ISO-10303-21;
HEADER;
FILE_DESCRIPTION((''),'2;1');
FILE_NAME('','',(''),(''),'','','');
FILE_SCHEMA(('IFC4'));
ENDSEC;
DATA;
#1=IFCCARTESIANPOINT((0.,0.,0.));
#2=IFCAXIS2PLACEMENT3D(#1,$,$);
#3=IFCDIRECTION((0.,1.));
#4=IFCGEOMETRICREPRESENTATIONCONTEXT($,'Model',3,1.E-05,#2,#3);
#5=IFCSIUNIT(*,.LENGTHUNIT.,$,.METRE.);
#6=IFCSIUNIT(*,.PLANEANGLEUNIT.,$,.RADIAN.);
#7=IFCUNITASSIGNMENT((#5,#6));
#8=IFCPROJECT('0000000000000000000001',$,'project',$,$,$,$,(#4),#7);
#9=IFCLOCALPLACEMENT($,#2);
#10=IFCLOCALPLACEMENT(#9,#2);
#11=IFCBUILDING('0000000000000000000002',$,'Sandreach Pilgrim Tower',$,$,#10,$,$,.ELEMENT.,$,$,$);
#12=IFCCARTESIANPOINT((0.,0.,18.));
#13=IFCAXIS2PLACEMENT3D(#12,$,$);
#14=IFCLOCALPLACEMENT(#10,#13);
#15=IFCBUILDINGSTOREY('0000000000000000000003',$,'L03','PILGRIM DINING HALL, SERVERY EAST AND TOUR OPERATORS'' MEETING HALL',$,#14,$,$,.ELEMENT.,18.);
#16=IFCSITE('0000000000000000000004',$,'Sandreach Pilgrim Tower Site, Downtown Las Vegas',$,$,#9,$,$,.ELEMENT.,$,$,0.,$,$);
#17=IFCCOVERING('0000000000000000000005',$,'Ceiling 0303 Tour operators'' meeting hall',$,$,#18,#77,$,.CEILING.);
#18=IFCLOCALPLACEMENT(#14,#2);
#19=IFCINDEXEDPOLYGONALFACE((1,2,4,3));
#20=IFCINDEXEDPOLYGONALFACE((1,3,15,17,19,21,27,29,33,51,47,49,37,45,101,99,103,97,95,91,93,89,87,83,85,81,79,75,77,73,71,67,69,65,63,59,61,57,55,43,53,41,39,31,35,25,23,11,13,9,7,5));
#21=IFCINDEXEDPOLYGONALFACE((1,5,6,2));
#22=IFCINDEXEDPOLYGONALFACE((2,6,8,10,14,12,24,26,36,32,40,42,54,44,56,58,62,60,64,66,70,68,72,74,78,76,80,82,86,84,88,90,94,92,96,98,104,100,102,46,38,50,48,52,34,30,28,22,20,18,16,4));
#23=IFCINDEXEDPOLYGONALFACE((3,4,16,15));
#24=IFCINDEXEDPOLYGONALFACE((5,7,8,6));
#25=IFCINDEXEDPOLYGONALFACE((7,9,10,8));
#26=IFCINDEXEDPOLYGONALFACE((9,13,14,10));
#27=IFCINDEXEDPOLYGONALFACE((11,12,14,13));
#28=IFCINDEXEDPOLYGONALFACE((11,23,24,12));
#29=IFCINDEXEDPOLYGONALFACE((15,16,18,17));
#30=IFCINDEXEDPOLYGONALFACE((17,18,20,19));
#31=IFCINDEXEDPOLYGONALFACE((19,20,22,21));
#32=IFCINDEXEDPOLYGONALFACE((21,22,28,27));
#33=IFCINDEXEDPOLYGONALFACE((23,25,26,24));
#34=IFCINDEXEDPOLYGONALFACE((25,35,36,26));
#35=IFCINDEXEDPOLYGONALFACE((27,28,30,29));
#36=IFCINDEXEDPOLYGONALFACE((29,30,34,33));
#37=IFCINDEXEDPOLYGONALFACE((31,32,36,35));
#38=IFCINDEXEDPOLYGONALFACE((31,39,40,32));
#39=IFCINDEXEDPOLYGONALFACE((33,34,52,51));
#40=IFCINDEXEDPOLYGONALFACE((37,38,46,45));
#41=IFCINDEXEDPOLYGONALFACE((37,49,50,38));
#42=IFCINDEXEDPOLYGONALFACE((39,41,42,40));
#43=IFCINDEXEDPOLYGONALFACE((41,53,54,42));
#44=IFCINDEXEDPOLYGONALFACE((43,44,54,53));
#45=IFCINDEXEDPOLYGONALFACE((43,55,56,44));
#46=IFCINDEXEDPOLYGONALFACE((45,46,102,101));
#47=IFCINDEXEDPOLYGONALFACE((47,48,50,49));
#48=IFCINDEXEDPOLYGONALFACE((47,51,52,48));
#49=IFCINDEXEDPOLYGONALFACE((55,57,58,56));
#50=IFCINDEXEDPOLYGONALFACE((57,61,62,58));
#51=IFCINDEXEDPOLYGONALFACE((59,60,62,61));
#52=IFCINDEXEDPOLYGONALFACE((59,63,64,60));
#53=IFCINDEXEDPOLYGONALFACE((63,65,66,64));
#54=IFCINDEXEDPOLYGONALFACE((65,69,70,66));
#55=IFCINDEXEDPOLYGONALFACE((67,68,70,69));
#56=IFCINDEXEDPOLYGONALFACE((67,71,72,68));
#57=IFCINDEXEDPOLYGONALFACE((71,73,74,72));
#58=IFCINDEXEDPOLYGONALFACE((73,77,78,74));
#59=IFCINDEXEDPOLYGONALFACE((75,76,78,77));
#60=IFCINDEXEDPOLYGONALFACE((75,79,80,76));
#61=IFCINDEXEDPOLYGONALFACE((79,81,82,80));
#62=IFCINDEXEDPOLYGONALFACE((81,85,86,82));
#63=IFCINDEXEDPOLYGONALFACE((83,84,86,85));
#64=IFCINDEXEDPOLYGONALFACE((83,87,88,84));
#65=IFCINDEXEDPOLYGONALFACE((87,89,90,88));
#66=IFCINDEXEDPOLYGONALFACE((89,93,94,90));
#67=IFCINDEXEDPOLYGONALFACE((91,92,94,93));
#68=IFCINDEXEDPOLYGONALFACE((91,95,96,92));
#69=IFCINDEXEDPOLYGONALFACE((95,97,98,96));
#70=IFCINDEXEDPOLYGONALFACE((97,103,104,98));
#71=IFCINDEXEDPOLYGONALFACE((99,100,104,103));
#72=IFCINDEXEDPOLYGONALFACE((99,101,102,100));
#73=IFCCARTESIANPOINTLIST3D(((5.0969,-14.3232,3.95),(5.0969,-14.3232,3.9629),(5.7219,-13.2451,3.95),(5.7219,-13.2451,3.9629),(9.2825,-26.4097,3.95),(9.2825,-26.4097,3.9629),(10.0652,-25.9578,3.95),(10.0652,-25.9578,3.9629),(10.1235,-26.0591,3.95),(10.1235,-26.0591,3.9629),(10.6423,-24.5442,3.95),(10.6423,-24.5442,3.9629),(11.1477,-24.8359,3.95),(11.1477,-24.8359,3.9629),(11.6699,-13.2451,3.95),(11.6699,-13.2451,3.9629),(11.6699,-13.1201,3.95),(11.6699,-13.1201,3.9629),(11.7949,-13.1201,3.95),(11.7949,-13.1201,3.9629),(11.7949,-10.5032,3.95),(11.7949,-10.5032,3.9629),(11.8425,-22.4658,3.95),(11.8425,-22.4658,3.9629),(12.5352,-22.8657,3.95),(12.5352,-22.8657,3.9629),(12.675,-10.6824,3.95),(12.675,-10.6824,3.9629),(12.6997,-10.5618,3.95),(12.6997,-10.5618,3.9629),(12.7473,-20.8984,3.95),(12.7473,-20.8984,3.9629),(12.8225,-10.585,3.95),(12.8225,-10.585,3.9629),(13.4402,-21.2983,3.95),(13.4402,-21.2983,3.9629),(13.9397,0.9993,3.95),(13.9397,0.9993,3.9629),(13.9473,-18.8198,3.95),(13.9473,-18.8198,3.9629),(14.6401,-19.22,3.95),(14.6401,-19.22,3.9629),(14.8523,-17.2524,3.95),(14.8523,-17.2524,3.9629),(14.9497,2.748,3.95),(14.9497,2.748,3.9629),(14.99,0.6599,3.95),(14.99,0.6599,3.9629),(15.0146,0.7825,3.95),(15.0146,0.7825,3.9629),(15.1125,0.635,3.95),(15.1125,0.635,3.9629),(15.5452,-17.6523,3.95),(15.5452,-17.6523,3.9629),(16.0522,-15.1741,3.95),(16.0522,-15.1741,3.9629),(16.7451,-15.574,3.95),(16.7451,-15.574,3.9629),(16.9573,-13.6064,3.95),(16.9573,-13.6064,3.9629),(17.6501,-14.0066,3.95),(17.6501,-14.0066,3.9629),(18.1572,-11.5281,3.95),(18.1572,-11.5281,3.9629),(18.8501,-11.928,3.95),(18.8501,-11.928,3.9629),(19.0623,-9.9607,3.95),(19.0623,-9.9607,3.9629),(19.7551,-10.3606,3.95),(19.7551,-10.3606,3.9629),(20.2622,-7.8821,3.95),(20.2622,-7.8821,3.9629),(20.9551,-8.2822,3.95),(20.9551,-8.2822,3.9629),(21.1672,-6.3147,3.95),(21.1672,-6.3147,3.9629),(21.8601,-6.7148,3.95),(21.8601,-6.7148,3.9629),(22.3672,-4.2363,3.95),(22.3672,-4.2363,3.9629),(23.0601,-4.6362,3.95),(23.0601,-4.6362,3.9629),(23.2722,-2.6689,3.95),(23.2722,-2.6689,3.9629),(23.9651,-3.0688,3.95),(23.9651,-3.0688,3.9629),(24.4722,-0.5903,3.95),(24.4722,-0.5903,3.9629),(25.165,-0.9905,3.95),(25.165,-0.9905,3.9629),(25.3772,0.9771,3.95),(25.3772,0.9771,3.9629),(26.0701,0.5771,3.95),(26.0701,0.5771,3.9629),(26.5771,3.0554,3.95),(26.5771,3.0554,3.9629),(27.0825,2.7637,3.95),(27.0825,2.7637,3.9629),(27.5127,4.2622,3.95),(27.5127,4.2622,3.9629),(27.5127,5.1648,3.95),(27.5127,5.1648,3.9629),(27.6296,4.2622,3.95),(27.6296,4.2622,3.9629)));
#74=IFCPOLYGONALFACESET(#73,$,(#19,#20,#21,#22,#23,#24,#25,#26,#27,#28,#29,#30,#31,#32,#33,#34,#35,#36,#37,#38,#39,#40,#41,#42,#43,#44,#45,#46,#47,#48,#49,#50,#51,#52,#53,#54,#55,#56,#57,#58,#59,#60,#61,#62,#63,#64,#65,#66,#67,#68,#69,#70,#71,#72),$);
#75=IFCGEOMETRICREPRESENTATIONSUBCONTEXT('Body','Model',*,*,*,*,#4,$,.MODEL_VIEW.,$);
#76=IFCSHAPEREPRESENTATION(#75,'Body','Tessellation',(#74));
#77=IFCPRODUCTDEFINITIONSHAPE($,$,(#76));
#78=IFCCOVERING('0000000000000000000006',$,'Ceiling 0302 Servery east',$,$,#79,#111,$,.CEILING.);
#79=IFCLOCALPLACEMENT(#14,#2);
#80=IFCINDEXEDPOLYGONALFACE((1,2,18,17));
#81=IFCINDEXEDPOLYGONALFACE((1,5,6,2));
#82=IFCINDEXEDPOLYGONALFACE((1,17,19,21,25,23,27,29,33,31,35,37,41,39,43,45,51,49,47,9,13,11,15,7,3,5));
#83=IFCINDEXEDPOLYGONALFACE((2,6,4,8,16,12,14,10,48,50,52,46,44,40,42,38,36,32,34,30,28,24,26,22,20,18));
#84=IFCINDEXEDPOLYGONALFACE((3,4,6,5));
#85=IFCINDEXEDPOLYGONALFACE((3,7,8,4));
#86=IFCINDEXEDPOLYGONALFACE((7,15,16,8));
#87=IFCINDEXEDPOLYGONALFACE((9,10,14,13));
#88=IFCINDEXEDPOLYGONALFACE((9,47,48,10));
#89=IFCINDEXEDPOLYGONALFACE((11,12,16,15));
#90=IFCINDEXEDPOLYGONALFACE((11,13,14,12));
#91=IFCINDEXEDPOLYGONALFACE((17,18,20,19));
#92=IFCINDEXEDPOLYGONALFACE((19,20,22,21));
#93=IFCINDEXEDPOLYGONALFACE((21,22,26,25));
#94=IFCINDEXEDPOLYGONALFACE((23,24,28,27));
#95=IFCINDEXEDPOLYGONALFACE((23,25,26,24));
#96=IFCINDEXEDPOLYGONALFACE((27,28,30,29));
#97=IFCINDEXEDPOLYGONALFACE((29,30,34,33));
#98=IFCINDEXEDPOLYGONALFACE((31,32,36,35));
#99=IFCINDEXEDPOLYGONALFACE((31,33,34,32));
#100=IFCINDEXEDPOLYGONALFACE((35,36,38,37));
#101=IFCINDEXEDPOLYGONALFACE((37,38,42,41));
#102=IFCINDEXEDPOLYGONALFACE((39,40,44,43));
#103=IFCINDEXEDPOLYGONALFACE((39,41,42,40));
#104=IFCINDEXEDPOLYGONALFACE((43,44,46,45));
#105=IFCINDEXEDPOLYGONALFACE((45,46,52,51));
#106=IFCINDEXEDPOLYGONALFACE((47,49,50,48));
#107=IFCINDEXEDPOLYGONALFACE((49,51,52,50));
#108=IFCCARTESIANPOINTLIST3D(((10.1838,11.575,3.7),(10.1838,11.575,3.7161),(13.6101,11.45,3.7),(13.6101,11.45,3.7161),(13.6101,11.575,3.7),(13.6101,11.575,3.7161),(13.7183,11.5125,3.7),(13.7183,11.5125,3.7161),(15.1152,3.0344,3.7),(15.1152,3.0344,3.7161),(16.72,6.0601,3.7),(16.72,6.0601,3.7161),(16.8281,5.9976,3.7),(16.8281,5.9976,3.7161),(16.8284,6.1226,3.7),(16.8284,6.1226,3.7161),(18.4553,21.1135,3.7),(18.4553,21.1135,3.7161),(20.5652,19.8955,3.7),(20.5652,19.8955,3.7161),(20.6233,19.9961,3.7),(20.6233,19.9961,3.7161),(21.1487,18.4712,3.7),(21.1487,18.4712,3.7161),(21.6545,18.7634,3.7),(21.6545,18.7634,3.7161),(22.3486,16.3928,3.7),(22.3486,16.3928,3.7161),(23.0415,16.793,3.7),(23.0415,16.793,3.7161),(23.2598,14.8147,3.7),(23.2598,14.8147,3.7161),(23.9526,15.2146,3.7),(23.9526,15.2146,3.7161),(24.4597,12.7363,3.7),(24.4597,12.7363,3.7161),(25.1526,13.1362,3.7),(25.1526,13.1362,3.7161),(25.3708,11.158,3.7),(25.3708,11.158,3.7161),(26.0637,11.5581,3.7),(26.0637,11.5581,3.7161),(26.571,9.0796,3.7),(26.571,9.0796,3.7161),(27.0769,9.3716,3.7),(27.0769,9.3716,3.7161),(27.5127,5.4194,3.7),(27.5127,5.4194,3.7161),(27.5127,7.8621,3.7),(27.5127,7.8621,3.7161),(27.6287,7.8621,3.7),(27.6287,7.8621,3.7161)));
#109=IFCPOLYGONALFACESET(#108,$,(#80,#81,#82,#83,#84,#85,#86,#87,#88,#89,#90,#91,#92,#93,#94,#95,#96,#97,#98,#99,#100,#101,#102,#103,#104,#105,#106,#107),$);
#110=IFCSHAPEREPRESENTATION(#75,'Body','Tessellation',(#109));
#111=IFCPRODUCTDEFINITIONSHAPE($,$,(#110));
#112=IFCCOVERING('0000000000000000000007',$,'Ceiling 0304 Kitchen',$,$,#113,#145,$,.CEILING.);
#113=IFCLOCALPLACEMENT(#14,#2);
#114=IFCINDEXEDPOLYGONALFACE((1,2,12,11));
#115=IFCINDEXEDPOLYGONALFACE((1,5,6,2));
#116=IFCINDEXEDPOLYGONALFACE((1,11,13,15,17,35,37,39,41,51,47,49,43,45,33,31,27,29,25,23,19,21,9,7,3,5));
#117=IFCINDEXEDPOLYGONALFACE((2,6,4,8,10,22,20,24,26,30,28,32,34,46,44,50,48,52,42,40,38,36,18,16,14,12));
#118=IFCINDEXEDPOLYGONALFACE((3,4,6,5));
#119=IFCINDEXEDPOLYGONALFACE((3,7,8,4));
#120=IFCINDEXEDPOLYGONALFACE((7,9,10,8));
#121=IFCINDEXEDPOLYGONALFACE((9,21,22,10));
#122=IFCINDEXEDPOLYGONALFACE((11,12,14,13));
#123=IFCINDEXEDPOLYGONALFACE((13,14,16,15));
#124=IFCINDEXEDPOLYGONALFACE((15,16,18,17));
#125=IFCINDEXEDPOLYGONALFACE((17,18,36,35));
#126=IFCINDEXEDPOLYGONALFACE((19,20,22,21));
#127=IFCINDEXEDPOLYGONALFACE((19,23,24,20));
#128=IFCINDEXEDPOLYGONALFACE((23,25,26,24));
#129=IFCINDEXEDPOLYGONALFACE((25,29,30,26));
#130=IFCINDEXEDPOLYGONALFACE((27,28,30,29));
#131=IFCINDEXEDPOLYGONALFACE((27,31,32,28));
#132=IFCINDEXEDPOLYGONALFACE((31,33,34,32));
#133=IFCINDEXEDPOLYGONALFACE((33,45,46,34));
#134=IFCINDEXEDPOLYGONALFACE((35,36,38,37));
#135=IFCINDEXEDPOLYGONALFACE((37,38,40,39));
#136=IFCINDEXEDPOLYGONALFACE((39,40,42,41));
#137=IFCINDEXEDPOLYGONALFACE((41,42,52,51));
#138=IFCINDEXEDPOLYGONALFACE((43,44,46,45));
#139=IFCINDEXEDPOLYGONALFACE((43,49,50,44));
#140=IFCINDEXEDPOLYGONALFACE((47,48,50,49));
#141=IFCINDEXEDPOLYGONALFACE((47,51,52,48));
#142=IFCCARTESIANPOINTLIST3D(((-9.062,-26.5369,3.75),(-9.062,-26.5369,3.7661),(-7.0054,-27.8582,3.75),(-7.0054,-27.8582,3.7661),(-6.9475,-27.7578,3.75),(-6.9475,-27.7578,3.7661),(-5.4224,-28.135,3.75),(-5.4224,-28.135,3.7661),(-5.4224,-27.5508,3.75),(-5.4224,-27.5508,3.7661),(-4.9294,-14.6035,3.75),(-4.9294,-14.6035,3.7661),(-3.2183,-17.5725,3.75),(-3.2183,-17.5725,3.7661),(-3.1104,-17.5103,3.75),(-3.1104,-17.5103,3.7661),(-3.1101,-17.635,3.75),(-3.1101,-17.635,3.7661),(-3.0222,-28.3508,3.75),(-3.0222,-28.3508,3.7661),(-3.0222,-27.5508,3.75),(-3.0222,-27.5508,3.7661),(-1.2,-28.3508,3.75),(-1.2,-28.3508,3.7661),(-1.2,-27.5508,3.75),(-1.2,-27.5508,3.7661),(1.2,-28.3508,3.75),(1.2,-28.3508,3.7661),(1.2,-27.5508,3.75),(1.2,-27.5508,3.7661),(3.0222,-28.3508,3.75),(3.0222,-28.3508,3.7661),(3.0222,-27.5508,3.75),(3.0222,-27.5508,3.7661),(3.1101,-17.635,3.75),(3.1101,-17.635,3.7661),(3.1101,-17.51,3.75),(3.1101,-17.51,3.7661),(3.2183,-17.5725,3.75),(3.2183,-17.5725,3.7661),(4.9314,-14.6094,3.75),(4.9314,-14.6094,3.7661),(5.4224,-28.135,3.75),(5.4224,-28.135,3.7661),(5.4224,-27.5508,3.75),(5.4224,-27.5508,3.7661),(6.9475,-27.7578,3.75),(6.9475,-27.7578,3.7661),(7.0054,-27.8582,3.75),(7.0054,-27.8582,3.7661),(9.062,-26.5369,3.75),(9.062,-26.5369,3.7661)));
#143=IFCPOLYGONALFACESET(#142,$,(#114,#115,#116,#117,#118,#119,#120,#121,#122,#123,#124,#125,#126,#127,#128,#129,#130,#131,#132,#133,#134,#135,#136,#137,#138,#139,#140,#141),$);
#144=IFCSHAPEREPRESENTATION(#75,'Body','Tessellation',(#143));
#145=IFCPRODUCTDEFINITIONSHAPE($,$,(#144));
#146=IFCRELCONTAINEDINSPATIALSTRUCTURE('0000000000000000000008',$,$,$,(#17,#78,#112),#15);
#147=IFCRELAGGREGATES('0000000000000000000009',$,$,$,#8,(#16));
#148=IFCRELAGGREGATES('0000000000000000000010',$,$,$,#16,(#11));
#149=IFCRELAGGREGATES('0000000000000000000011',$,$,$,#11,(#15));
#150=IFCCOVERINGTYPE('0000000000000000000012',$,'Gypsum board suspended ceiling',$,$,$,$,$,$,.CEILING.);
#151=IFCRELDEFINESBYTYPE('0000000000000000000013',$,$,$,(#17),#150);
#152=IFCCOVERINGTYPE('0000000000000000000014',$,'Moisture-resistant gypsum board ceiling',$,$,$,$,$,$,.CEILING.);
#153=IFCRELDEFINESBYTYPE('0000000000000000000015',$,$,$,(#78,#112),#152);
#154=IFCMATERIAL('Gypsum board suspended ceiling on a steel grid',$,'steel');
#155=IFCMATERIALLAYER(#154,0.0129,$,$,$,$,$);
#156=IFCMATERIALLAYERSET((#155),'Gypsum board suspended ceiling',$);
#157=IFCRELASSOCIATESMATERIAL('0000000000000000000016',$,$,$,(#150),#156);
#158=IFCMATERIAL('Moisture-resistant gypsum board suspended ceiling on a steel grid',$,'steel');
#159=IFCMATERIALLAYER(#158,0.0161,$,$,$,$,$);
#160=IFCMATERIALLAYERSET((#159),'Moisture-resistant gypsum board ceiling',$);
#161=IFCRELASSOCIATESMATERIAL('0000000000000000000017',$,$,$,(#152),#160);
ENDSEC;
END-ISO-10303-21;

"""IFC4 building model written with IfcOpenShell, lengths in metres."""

from ifc_helpers import new_model, si_unit, direction, frame, origin, place, context, subcontext, project, spatial, polyline, outline, extrude, material, layer, layer_set, type_object, element, save


model = new_model("IFC4")

# Units and contexts
model_context = context("Model", 3, precision=1e-05, world=origin(), true_north=direction((0.0, 1.0)))
body_context = subcontext(model_context, "Body", "Model", "MODEL_VIEW")
ifc_project = project(units=[si_unit("LENGTHUNIT", "METRE"), si_unit("PLANEANGLEUNIT", "RADIAN")], contexts=[model_context])

# Site, building, storey
site_placement = place(None, origin())
site = spatial("IfcSite", under=ifc_project, at=site_placement, Name="Sandreach Pilgrim Tower Site, Downtown Las Vegas", CompositionType="ELEMENT", RefElevation=0.0)
building_placement = place(site_placement, origin())
building = spatial("IfcBuilding", under=site, at=building_placement, Name="Sandreach Pilgrim Tower", CompositionType="ELEMENT")
storey_placement = place(building_placement, frame((0.0, 0.0, 18.0)))
storey = spatial("IfcBuildingStorey", under=building, at=storey_placement, Name="L03", Description="PILGRIM DINING HALL, SERVERY EAST AND TOUR OPERATORS' MEETING HALL", CompositionType="ELEMENT", Elevation=18.0)

# Coverings
ifc_material_1 = material(Name="Gypsum board suspended ceiling on a steel grid", Category="steel")
ifc_layer_1 = layer(ifc_material_1, 0.0129)
ifc_layer_set_1 = layer_set([ifc_layer_1], Name="Gypsum board suspended ceiling")
covering_type_1 = type_object("IfcCoveringType", Name="Gypsum board suspended ceiling", PredefinedType="CEILING", material=ifc_layer_set_1)
covering_1_placement = place(storey_placement, frame((0.0, 0.0, 3.95)))
element("IfcCovering", 1, at=covering_1_placement, inside=storey, type_object=covering_type_1, Name="Ceiling 0303 Tour operators' meeting hall", PredefinedType="CEILING", context=body_context, shape_type="SweptSolid", body=[
    extrude(outline(polyline([(9.2825, -26.4097), (5.0969, -14.3232), (5.7219, -13.2451), (11.6699, -13.2451), (11.6699, -13.1201), (11.7949, -13.1201), (11.7949, -10.5032), (12.675, -10.6824), (12.6997, -10.5618), (12.8225, -10.585), (15.1125, 0.635), (14.99, 0.6599), (15.0146, 0.7825), (13.9397, 0.9993), (14.9497, 2.748), (27.5127, 5.1648), (27.5127, 4.2622), (27.6296, 4.2622), (27.0825, 2.7637), (26.5771, 3.0554), (25.3772, 0.9771), (26.0701, 0.5771), (25.165, -0.9905), (24.4722, -0.5903), (23.2722, -2.6689), (23.9651, -3.0688), (23.0601, -4.6362), (22.3672, -4.2363), (21.1672, -6.3147), (21.8601, -6.7148), (20.9551, -8.2822), (20.2622, -7.8821), (19.0623, -9.9607), (19.7551, -10.3606), (18.8501, -11.928), (18.1572, -11.5281), (16.9573, -13.6064), (17.6501, -14.0066), (16.7451, -15.574), (16.0522, -15.1741), (14.8523, -17.2524), (15.5452, -17.6523), (14.6401, -19.22), (13.9473, -18.8198), (12.7473, -20.8984), (13.4402, -21.2983), (12.5352, -22.8657), (11.8425, -22.4658), (10.6423, -24.5442), (11.1477, -24.8359), (10.1235, -26.0591), (10.0652, -25.9578), (9.2825, -26.4097)])), origin(), (0.0, 0.0, 1.0), 0.0129),
])
ifc_material_2 = material(Name="Moisture-resistant gypsum board suspended ceiling on a steel grid", Category="steel")
ifc_layer_2 = layer(ifc_material_2, 0.0161)
ifc_layer_set_2 = layer_set([ifc_layer_2], Name="Moisture-resistant gypsum board ceiling")
covering_type_2 = type_object("IfcCoveringType", Name="Moisture-resistant gypsum board ceiling", PredefinedType="CEILING", material=ifc_layer_set_2)
covering_2_placement = place(storey_placement, frame((0.0, 0.0, 3.7)))
element("IfcCovering", 2, at=covering_2_placement, inside=storey, type_object=covering_type_2, Name="Ceiling 0302 Servery east", PredefinedType="CEILING", context=body_context, shape_type="SweptSolid", body=[
    extrude(outline(polyline([(13.6101, 11.575), (10.1838, 11.575), (18.4553, 21.1135), (20.5652, 19.8955), (20.6233, 19.9961), (21.6545, 18.7634), (21.1487, 18.4712), (22.3486, 16.3928), (23.0415, 16.793), (23.9526, 15.2146), (23.2598, 14.8147), (24.4597, 12.7363), (25.1526, 13.1362), (26.0637, 11.5581), (25.3708, 11.158), (26.571, 9.0796), (27.0769, 9.3716), (27.6287, 7.8621), (27.5127, 7.8621), (27.5127, 5.4194), (15.1152, 3.0344), (16.8281, 5.9976), (16.72, 6.0601), (16.8284, 6.1226), (13.7183, 11.5125), (13.6101, 11.45), (13.6101, 11.575)])), origin(), (0.0, 0.0, 1.0), 0.0161),
])
covering_3_placement = place(storey_placement, frame((0.0, 0.0, 3.75)))
element("IfcCovering", 3, at=covering_3_placement, inside=storey, type_object=covering_type_2, Name="Ceiling 0304 Kitchen", PredefinedType="CEILING", context=body_context, shape_type="SweptSolid", body=[
    extrude(outline(polyline([(-6.9475, -27.7578), (-9.062, -26.5369), (-4.9294, -14.6035), (-3.2183, -17.5725), (-3.1104, -17.5103), (-3.1101, -17.635), (3.1101, -17.635), (3.1101, -17.51), (3.2183, -17.5725), (4.9314, -14.6094), (9.062, -26.5369), (6.9475, -27.7578), (7.0054, -27.8582), (5.4224, -28.135), (5.4224, -27.5508), (3.0222, -27.5508), (3.0222, -28.3508), (1.2, -28.3508), (1.2, -27.5508), (-1.2, -27.5508), (-1.2, -28.3508), (-3.0222, -28.3508), (-3.0222, -27.5508), (-5.4224, -27.5508), (-5.4224, -28.135), (-7.0054, -27.8582), (-6.9475, -27.7578)])), origin(), (0.0, 0.0, 1.0), 0.0161),
])

save(model, "model.ifc")
